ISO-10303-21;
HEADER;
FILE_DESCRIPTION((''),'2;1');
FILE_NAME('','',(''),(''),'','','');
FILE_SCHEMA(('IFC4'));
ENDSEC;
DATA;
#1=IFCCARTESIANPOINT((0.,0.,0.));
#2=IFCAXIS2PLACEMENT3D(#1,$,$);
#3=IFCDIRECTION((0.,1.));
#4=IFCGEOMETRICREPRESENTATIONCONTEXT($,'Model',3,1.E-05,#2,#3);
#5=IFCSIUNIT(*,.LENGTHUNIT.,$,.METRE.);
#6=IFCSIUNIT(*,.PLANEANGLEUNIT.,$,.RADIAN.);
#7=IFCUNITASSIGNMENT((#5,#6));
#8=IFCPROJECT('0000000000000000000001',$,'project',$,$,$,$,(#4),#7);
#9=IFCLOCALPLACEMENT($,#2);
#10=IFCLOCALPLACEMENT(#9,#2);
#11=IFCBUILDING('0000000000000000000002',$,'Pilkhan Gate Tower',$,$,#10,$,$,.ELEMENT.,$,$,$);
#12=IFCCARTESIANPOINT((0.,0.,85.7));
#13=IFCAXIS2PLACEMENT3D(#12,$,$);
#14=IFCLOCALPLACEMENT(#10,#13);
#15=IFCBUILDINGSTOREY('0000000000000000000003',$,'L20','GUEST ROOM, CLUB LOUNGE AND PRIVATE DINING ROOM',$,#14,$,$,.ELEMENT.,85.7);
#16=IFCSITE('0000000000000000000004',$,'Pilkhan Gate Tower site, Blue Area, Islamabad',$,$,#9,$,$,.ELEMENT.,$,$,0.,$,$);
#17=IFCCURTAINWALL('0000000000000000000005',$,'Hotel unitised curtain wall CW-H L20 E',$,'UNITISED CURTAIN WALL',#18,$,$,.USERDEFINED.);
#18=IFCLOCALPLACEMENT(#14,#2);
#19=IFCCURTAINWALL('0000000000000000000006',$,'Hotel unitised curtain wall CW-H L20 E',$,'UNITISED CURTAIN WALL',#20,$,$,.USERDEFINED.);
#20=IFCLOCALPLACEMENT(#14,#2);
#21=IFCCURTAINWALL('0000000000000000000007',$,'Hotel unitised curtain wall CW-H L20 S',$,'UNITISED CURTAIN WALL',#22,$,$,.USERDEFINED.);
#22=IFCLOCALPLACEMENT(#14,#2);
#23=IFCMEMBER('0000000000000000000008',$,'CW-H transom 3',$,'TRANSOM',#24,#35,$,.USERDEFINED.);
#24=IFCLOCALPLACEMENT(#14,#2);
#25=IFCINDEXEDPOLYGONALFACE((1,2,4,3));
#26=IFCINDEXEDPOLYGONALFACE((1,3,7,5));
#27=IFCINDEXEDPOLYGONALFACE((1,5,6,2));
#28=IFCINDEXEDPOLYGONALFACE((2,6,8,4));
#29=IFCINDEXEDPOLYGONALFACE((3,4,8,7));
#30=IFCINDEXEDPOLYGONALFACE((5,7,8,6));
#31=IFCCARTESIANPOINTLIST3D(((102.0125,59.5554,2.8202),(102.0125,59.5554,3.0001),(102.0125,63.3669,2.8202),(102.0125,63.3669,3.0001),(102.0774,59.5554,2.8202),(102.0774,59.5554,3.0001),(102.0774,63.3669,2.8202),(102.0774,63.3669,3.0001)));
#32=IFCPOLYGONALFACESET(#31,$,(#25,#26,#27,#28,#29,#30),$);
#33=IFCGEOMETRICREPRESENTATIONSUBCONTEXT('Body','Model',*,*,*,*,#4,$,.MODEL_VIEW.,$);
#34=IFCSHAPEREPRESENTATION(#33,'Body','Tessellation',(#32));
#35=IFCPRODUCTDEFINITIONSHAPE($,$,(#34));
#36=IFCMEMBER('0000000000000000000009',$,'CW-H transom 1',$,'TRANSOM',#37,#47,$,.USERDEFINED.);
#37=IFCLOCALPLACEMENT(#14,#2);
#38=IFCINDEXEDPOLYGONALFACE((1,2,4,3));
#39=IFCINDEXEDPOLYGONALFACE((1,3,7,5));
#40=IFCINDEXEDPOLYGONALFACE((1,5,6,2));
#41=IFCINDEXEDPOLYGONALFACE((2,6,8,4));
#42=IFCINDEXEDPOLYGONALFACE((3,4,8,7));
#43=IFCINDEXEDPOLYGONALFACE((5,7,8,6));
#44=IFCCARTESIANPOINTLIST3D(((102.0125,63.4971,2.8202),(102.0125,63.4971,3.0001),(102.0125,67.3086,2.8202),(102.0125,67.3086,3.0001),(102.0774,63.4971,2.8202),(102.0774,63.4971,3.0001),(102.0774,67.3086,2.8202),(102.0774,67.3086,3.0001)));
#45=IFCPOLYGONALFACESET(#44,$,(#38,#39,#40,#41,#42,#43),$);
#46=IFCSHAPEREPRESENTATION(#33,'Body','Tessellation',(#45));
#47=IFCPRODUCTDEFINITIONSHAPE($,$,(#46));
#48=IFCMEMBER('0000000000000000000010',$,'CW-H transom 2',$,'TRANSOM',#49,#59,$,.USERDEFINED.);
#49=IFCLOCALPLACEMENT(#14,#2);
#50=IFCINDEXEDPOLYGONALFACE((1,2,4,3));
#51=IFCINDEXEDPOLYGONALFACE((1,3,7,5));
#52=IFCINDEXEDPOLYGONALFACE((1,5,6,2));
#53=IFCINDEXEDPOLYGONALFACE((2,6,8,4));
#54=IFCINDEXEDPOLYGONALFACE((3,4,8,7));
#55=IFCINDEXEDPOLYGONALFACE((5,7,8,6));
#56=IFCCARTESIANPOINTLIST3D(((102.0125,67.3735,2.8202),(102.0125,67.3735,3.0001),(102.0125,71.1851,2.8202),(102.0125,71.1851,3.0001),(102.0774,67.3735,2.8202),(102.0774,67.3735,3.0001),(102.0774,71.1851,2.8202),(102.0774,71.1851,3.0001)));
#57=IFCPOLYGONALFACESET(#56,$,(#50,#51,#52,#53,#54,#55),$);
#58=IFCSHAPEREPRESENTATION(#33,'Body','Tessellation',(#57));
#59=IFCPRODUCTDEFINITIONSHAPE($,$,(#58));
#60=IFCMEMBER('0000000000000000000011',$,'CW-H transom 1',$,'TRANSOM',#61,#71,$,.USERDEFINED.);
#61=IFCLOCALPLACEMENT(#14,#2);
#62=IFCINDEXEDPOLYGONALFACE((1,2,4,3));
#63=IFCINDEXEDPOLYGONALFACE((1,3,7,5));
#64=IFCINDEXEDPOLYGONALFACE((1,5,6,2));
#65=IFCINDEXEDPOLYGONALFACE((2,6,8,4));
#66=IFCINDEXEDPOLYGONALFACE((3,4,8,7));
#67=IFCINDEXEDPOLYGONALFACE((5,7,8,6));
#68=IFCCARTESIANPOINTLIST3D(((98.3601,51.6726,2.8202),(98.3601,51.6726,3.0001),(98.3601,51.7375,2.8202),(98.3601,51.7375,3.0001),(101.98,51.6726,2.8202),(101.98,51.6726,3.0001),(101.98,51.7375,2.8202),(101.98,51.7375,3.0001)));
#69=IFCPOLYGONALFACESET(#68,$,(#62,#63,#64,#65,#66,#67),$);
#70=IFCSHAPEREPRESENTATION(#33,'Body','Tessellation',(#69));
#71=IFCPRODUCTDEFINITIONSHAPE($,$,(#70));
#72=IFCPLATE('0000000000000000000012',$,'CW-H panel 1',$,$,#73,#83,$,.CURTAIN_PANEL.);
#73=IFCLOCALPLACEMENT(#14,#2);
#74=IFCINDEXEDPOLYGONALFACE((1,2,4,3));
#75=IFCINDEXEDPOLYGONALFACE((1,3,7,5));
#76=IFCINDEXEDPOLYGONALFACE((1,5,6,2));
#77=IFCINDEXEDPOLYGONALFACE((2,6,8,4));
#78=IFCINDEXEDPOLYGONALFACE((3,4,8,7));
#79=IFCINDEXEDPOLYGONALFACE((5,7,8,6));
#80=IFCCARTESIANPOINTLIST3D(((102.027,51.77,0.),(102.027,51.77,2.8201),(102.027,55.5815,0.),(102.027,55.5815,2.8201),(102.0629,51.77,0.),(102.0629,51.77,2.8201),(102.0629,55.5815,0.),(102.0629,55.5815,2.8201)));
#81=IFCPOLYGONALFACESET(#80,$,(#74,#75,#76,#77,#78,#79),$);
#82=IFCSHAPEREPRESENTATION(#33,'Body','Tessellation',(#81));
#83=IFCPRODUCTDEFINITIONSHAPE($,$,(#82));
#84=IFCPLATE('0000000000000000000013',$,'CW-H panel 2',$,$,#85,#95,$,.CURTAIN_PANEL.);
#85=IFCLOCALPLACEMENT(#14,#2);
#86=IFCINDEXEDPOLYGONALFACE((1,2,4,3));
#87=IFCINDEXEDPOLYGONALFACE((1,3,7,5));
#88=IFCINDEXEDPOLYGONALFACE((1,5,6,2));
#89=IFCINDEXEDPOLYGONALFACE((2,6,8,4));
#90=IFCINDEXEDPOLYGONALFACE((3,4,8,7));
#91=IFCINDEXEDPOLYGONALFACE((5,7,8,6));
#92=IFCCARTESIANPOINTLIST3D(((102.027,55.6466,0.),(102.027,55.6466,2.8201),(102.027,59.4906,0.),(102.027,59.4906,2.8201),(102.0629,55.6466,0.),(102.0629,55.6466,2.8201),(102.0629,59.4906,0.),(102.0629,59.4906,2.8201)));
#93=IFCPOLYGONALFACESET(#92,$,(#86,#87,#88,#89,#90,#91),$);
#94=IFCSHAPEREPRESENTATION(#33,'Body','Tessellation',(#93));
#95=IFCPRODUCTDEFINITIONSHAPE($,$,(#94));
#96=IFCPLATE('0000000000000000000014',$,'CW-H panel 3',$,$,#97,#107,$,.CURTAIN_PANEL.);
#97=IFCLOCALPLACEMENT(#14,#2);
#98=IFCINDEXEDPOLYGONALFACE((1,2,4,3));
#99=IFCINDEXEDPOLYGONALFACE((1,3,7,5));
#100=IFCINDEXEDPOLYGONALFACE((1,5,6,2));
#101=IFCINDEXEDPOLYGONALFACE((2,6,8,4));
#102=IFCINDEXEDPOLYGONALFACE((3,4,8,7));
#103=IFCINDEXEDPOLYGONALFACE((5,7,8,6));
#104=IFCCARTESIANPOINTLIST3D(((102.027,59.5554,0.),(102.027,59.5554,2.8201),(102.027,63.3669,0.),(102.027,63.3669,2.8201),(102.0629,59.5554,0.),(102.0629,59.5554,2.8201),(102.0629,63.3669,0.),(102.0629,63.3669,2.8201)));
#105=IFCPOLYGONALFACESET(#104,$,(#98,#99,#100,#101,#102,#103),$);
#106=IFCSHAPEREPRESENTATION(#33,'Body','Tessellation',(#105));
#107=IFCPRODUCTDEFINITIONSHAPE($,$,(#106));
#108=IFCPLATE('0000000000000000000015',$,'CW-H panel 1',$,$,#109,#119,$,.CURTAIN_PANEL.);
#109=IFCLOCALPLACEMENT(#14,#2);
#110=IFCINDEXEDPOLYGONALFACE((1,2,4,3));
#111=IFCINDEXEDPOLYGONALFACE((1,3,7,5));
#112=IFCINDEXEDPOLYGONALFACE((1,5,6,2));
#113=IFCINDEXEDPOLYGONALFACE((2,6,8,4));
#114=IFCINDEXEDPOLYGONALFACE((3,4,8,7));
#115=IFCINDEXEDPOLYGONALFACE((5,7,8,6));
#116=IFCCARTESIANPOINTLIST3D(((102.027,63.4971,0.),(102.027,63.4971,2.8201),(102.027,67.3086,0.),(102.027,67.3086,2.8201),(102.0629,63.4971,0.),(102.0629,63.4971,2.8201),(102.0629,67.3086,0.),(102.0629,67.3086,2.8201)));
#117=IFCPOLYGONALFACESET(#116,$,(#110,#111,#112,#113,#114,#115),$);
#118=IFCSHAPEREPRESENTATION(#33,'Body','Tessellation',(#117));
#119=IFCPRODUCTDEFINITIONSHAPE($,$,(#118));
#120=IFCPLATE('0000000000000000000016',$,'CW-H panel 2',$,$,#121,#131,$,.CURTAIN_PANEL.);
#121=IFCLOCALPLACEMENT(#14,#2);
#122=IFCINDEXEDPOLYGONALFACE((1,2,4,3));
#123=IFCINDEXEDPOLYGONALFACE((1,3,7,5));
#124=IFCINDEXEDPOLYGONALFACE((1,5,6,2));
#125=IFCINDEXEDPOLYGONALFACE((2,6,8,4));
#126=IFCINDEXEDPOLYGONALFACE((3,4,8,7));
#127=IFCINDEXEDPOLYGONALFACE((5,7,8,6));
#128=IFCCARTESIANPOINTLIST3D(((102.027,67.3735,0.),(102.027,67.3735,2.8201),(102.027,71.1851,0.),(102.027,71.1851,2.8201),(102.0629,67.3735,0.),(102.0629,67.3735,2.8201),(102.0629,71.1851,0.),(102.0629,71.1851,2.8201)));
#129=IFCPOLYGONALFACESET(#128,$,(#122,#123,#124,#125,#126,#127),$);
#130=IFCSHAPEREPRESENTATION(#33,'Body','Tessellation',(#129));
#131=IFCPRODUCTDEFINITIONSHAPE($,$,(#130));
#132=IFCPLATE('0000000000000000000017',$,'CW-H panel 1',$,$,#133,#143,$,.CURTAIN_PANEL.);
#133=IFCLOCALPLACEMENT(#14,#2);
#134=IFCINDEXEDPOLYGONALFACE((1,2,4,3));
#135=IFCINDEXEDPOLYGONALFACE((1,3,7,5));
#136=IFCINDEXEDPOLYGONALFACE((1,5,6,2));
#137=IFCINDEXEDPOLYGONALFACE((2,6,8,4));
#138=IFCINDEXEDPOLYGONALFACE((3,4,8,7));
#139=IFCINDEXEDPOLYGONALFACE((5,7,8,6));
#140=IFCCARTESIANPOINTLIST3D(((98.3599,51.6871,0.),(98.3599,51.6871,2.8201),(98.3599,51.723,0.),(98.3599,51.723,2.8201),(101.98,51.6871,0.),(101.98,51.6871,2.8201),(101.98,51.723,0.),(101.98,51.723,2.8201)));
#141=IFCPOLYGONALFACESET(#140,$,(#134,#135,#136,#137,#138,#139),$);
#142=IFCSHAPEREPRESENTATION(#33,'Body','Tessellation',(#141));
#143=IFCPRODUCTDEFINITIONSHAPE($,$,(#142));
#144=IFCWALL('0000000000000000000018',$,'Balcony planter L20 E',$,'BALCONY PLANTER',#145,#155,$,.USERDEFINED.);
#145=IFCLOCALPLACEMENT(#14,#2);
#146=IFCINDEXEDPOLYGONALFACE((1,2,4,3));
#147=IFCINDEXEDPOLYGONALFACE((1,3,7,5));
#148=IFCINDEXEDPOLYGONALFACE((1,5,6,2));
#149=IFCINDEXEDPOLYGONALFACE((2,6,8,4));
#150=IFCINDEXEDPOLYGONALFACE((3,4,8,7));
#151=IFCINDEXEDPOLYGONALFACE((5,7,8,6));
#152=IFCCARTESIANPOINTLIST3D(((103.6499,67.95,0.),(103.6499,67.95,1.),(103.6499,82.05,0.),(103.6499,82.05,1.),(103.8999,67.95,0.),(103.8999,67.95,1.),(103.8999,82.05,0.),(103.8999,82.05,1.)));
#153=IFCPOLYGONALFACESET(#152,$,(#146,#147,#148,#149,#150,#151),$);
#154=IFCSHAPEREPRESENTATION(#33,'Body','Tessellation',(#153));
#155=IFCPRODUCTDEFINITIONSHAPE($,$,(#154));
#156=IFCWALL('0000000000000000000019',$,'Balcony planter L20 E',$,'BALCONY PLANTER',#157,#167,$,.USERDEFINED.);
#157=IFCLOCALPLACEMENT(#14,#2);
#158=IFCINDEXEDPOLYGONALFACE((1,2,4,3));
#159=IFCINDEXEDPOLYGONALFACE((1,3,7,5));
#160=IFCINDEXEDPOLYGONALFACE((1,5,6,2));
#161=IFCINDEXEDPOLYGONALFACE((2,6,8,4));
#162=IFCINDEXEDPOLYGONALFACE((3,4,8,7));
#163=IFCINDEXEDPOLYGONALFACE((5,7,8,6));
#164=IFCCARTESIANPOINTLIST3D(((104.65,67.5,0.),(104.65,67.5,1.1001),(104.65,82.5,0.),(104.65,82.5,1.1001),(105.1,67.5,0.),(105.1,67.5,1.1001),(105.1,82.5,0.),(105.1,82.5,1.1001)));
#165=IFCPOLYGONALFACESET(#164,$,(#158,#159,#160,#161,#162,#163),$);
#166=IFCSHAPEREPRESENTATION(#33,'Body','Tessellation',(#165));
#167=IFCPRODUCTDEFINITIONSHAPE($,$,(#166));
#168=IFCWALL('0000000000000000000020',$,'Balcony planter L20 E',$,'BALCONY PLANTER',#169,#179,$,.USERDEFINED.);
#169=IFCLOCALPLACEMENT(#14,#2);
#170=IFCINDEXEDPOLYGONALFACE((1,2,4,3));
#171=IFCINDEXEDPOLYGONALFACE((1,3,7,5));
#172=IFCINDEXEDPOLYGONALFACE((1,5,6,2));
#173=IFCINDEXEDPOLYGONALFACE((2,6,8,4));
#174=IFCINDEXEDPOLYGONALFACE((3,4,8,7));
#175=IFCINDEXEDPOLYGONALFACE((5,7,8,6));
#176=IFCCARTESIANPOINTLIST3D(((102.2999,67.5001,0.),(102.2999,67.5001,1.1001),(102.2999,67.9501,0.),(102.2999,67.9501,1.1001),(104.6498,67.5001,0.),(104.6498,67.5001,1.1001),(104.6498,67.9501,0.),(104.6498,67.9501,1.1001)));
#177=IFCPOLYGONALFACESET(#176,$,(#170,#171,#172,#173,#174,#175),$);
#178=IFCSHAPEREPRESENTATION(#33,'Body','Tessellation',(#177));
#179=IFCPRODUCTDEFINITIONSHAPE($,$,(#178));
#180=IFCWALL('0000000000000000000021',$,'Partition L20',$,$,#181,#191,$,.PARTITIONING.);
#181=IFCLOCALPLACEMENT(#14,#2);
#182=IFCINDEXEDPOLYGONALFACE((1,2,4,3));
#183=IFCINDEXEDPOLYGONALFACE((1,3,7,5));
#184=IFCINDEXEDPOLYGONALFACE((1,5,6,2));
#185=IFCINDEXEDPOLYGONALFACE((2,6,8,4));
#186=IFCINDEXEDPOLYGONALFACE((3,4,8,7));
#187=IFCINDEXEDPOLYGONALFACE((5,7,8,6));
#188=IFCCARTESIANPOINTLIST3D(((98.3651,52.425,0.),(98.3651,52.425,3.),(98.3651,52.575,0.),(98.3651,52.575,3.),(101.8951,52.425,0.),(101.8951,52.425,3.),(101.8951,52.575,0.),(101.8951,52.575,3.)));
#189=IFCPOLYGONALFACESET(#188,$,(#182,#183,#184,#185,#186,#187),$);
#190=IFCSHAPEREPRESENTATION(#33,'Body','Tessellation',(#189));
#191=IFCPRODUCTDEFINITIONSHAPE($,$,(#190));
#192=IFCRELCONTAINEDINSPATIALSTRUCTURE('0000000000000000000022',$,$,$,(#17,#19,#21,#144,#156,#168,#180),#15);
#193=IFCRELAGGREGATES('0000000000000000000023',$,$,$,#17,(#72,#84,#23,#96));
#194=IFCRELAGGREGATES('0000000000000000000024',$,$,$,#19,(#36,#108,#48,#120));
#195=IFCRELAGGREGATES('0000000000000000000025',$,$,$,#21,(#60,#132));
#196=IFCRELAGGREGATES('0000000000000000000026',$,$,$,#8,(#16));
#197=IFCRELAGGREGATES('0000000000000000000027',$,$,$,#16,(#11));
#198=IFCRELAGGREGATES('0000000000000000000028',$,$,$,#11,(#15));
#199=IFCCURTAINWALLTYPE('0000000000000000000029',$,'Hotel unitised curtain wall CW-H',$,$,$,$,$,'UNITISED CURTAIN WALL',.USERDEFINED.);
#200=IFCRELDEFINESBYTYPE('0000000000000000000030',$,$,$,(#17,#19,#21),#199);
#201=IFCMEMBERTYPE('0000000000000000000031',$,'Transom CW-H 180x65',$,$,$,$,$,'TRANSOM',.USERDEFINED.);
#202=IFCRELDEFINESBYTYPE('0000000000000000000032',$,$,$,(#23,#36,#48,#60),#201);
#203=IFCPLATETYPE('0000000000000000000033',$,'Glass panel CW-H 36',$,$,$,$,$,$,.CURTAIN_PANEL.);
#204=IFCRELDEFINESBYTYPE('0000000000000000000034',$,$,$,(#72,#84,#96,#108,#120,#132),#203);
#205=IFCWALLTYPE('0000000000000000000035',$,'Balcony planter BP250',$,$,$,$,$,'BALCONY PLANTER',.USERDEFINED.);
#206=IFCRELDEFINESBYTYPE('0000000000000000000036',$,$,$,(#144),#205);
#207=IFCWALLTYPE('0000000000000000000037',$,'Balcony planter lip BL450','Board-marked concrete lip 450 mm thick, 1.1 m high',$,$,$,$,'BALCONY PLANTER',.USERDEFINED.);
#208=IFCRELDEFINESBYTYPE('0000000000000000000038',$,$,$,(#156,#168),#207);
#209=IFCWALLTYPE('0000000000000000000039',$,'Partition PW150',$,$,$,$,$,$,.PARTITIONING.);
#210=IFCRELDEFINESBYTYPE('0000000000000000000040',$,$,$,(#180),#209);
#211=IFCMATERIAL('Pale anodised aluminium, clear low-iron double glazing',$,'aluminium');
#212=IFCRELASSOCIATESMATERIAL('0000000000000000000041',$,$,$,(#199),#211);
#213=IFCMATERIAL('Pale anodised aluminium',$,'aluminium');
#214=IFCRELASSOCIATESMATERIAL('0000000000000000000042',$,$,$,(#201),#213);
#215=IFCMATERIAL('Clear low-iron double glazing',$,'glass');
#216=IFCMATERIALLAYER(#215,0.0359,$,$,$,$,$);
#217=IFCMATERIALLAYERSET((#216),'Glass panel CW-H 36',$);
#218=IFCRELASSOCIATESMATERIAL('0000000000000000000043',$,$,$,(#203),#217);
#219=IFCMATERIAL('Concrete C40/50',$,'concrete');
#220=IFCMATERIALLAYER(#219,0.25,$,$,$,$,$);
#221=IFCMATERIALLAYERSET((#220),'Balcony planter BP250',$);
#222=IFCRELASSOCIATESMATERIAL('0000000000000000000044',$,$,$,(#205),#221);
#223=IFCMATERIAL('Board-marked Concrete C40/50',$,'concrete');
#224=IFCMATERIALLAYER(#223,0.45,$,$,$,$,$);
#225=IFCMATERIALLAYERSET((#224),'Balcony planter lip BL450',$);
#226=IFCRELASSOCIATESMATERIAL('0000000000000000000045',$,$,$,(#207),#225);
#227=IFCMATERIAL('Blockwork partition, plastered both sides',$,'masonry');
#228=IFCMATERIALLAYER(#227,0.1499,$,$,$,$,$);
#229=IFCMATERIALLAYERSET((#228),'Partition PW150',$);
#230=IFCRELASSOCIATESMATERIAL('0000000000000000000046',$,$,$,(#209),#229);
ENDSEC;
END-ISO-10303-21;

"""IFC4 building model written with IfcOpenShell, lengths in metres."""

from ifc_helpers import new_model, si_unit, direction, frame, frame_2d, origin, origin_2d, place, context, subcontext, project, spatial, rectangle, extrude, material, layer, layer_set, material_profile, profile_set, type_object, element, aggregate, save


model = new_model("IFC4")

# Units and contexts
model_context = context("Model", 3, precision=1e-05, world=origin(), true_north=direction((0.0, 1.0)))
body_context = subcontext(model_context, "Body", "Model", "MODEL_VIEW")
ifc_project = project(units=[si_unit("LENGTHUNIT", "METRE"), si_unit("PLANEANGLEUNIT", "RADIAN")], contexts=[model_context])

# Site, building, storey
site_placement = place(None, origin())
site = spatial("IfcSite", under=ifc_project, at=site_placement, Name="Pilkhan Gate Tower site, Blue Area, Islamabad", CompositionType="ELEMENT", RefElevation=0.0)
building_placement = place(site_placement, origin())
building = spatial("IfcBuilding", under=site, at=building_placement, Name="Pilkhan Gate Tower", CompositionType="ELEMENT")
storey_placement = place(building_placement, frame((0.0, 0.0, 85.7)))
storey = spatial("IfcBuildingStorey", under=building, at=storey_placement, Name="L20", Description="GUEST ROOM, CLUB LOUNGE AND PRIVATE DINING ROOM", CompositionType="ELEMENT", Elevation=85.7)

# Curtain walls
ifc_material_1 = material(Name="Pale anodised aluminium, clear low-iron double glazing", Category="aluminium")
curtain_wall_type = type_object("IfcCurtainWallType", Name="Hotel unitised curtain wall CW-H", ElementType="UNITISED CURTAIN WALL", PredefinedType="USERDEFINED", material=ifc_material_1)
curtain_wall_1_placement = place(storey_placement, origin())
curtain_wall_1 = element("IfcCurtainWall", 1, at=curtain_wall_1_placement, inside=storey, type_object=curtain_wall_type, Name="Hotel unitised curtain wall CW-H L20 E", ObjectType="UNITISED CURTAIN WALL", PredefinedType="USERDEFINED")
ifc_material_2 = material(Name="Pale anodised aluminium", Category="aluminium")
curtain_wall_2_placement = place(storey_placement, origin())
curtain_wall_2 = element("IfcCurtainWall", 2, at=curtain_wall_2_placement, inside=storey, type_object=curtain_wall_type, Name="Hotel unitised curtain wall CW-H L20 E", ObjectType="UNITISED CURTAIN WALL", PredefinedType="USERDEFINED")
curtain_wall_3_placement = place(storey_placement, origin())
curtain_wall_3 = element("IfcCurtainWall", 3, at=curtain_wall_3_placement, inside=storey, type_object=curtain_wall_type, Name="Hotel unitised curtain wall CW-H L20 S", ObjectType="UNITISED CURTAIN WALL", PredefinedType="USERDEFINED")

# Members
ifc_material_profile_1 = material_profile(ifc_material_2, rectangle(XDim=0.0649, YDim=0.1799, at=origin_2d()), Name="Transom 180x65")
ifc_profile_set_1 = profile_set([ifc_material_profile_1], Name="Pale anodised aluminium")
member_type_1 = type_object("IfcMemberType", Name="Transom CW-H 180x65", ElementType="TRANSOM", PredefinedType="USERDEFINED", material=ifc_profile_set_1)
member_1_placement = place(storey_placement, frame((102.0449, 59.5554, 2.9102), z_axis=(0.0, 1.0, 0.0), x_axis=(-1.0, 0.0, 0.0)))
member_1 = element("IfcMember", 4, at=member_1_placement, type_object=member_type_1, Name="CW-H transom 3", ObjectType="TRANSOM", PredefinedType="USERDEFINED", context=body_context, shape_type="SweptSolid", body=[
    extrude(rectangle(XDim=0.0649, YDim=0.1799, at=origin_2d()), origin(), (0.0, 0.0, 1.0), 3.8115),
])
member_2_placement = place(storey_placement, frame((102.0449, 63.4971, 2.9102), z_axis=(0.0, 1.0, 0.0), x_axis=(-1.0, 0.0, 0.0)))
member_2 = element("IfcMember", 5, at=member_2_placement, type_object=member_type_1, Name="CW-H transom 1", ObjectType="TRANSOM", PredefinedType="USERDEFINED", context=body_context, shape_type="SweptSolid", body=[
    extrude(rectangle(XDim=0.0649, YDim=0.1799, at=origin_2d()), origin(), (0.0, 0.0, 1.0), 3.8115),
])
member_3_placement = place(storey_placement, frame((102.0449, 67.3735, 2.9102), z_axis=(0.0, 1.0, 0.0), x_axis=(-1.0, 0.0, 0.0)))
member_3 = element("IfcMember", 6, at=member_3_placement, type_object=member_type_1, Name="CW-H transom 2", ObjectType="TRANSOM", PredefinedType="USERDEFINED", context=body_context, shape_type="SweptSolid", body=[
    extrude(rectangle(XDim=0.0649, YDim=0.1799, at=origin_2d()), origin(), (0.0, 0.0, 1.0), 3.8115),
])
member_4_placement = place(storey_placement, frame((98.3601, 51.7051, 2.9102), z_axis=(1.0, 0.0, 0.0), x_axis=(0.0, 1.0, 0.0)))
member_4 = element("IfcMember", 7, at=member_4_placement, type_object=member_type_1, Name="CW-H transom 1", ObjectType="TRANSOM", PredefinedType="USERDEFINED", context=body_context, shape_type="SweptSolid", body=[
    extrude(rectangle(XDim=0.0649, YDim=0.1799, at=origin_2d()), origin(), (0.0, 0.0, 1.0), 3.6199),
])

# Plates
ifc_material_3 = material(Name="Clear low-iron double glazing", Category="glass")
ifc_layer_1 = layer(ifc_material_3, 0.0359)
ifc_layer_set_1 = layer_set([ifc_layer_1], Name="Glass panel CW-H 36")
plate_type = type_object("IfcPlateType", Name="Glass panel CW-H 36", PredefinedType="CURTAIN_PANEL", material=ifc_layer_set_1)
plate_1_placement = place(storey_placement, frame((102.0449, 53.6758, 0.0), z_axis=(0.0, 0.0, 1.0), x_axis=(0.0, 1.0, 0.0)))
plate_1 = element("IfcPlate", 8, at=plate_1_placement, type_object=plate_type, Name="CW-H panel 1", PredefinedType="CURTAIN_PANEL", context=body_context, shape_type="SweptSolid", body=[
    extrude(rectangle(XDim=3.8115, YDim=0.0359, at=origin_2d()), origin(), (0.0, 0.0, 1.0), 2.8201),
])
plate_2_placement = place(storey_placement, frame((102.0449, 57.5686, 0.0), z_axis=(0.0, 0.0, 1.0), x_axis=(0.0, 1.0, 0.0)))
plate_2 = element("IfcPlate", 9, at=plate_2_placement, type_object=plate_type, Name="CW-H panel 2", PredefinedType="CURTAIN_PANEL", context=body_context, shape_type="SweptSolid", body=[
    extrude(rectangle(XDim=3.844, YDim=0.0359, at=origin_2d()), origin(), (0.0, 0.0, 1.0), 2.8201),
])
plate_3_placement = place(storey_placement, frame((102.0449, 61.4612, 0.0), z_axis=(0.0, 0.0, 1.0), x_axis=(0.0, 1.0, 0.0)))
plate_3 = element("IfcPlate", 10, at=plate_3_placement, type_object=plate_type, Name="CW-H panel 3", PredefinedType="CURTAIN_PANEL", context=body_context, shape_type="SweptSolid", body=[
    extrude(rectangle(XDim=3.8115, YDim=0.0359, at=origin_2d()), origin(), (0.0, 0.0, 1.0), 2.8201),
])
aggregate(curtain_wall_1, [plate_1, plate_2, member_1, plate_3])
plate_4_placement = place(storey_placement, frame((102.0449, 65.4028, 0.0), z_axis=(0.0, 0.0, 1.0), x_axis=(0.0, 1.0, 0.0)))
plate_4 = element("IfcPlate", 11, at=plate_4_placement, type_object=plate_type, Name="CW-H panel 1", PredefinedType="CURTAIN_PANEL", context=body_context, shape_type="SweptSolid", body=[
    extrude(rectangle(XDim=3.8115, YDim=0.0359, at=origin_2d()), origin(), (0.0, 0.0, 1.0), 2.8201),
])
plate_5_placement = place(storey_placement, frame((102.0449, 69.2793, 0.0), z_axis=(0.0, 0.0, 1.0), x_axis=(0.0, 1.0, 0.0)))
plate_5 = element("IfcPlate", 12, at=plate_5_placement, type_object=plate_type, Name="CW-H panel 2", PredefinedType="CURTAIN_PANEL", context=body_context, shape_type="SweptSolid", body=[
    extrude(rectangle(XDim=3.8115, YDim=0.0359, at=origin_2d()), origin(), (0.0, 0.0, 1.0), 2.8201),
])
aggregate(curtain_wall_2, [member_2, plate_4, member_3, plate_5])
plate_6_placement = place(storey_placement, frame((100.1699, 51.7051, 0.0), z_axis=(0.0, 0.0, 1.0), x_axis=(1.0, 0.0, 0.0)))
plate_6 = element("IfcPlate", 13, at=plate_6_placement, type_object=plate_type, Name="CW-H panel 1", PredefinedType="CURTAIN_PANEL", context=body_context, shape_type="SweptSolid", body=[
    extrude(rectangle(XDim=3.6201, YDim=0.0359, at=origin_2d()), origin(), (0.0, 0.0, 1.0), 2.8201),
])
aggregate(curtain_wall_3, [member_4, plate_6])

# Walls
ifc_material_4 = material(Name="Concrete C40/50", Category="concrete")
ifc_layer_2 = layer(ifc_material_4, 0.25)
ifc_layer_set_2 = layer_set([ifc_layer_2], Name="Balcony planter BP250")
wall_type_1 = type_object("IfcWallType", Name="Balcony planter BP250", ElementType="BALCONY PLANTER", PredefinedType="USERDEFINED", material=ifc_layer_set_2)
wall_1_placement = place(storey_placement, frame((103.7749, 67.95, 0.0), z_axis=(0.0, 0.0, 1.0), x_axis=(0.0, 1.0, 0.0)))
element("IfcWall", 14, at=wall_1_placement, inside=storey, type_object=wall_type_1, Name="Balcony planter L20 E", ObjectType="BALCONY PLANTER", PredefinedType="USERDEFINED", context=body_context, shape_type="SweptSolid", body=[
    extrude(rectangle(XDim=14.1001, YDim=0.25, at=frame_2d((7.05, 0.0))), origin(), (0.0, 0.0, 1.0), 1.0),
])
ifc_material_5 = material(Name="Board-marked Concrete C40/50", Category="concrete")
ifc_layer_3 = layer(ifc_material_5, 0.45)
ifc_layer_set_3 = layer_set([ifc_layer_3], Name="Balcony planter lip BL450")
wall_type_2 = type_object("IfcWallType", Name="Balcony planter lip BL450", Description="Board-marked concrete lip 450 mm thick, 1.1 m high", ElementType="BALCONY PLANTER", PredefinedType="USERDEFINED", material=ifc_layer_set_3)
wall_2_placement = place(storey_placement, frame((104.875, 67.5, 0.0), z_axis=(0.0, 0.0, 1.0), x_axis=(0.0, 1.0, 0.0)))
element("IfcWall", 15, at=wall_2_placement, inside=storey, type_object=wall_type_2, Name="Balcony planter L20 E", ObjectType="BALCONY PLANTER", PredefinedType="USERDEFINED", context=body_context, shape_type="SweptSolid", body=[
    extrude(rectangle(XDim=15.0, YDim=0.45, at=frame_2d((7.5, 0.0))), origin(), (0.0, 0.0, 1.0), 1.1001),
])
wall_3_placement = place(storey_placement, frame((102.3, 67.7251, 0.0), z_axis=(0.0, 0.0, 1.0), x_axis=(1.0, 0.0, 0.0)))
element("IfcWall", 16, at=wall_3_placement, inside=storey, type_object=wall_type_2, Name="Balcony planter L20 E", ObjectType="BALCONY PLANTER", PredefinedType="USERDEFINED", context=body_context, shape_type="SweptSolid", body=[
    extrude(rectangle(XDim=2.3499, YDim=0.45, at=frame_2d((1.1748, 0.0))), origin(), (0.0, 0.0, 1.0), 1.1001),
])

# Wall
ifc_material_6 = material(Name="Blockwork partition, plastered both sides", Category="masonry")
ifc_layer_4 = layer(ifc_material_6, 0.1499)
ifc_layer_set_4 = layer_set([ifc_layer_4], Name="Partition PW150")
wall_type_3 = type_object("IfcWallType", Name="Partition PW150", PredefinedType="PARTITIONING", material=ifc_layer_set_4)
wall_4_placement = place(storey_placement, frame((98.365, 52.5, 0.0), z_axis=(0.0, 0.0, 1.0), x_axis=(1.0, 0.0, 0.0)))
element("IfcWall", 17, at=wall_4_placement, inside=storey, type_object=wall_type_3, Name="Partition L20", PredefinedType="PARTITIONING", context=body_context, shape_type="SweptSolid", body=[
    extrude(rectangle(XDim=3.53, YDim=0.1499, at=frame_2d((1.7651, 0.0))), origin(), (0.0, 0.0, 1.0), 3.0),
])

save(model, "model.ifc")
